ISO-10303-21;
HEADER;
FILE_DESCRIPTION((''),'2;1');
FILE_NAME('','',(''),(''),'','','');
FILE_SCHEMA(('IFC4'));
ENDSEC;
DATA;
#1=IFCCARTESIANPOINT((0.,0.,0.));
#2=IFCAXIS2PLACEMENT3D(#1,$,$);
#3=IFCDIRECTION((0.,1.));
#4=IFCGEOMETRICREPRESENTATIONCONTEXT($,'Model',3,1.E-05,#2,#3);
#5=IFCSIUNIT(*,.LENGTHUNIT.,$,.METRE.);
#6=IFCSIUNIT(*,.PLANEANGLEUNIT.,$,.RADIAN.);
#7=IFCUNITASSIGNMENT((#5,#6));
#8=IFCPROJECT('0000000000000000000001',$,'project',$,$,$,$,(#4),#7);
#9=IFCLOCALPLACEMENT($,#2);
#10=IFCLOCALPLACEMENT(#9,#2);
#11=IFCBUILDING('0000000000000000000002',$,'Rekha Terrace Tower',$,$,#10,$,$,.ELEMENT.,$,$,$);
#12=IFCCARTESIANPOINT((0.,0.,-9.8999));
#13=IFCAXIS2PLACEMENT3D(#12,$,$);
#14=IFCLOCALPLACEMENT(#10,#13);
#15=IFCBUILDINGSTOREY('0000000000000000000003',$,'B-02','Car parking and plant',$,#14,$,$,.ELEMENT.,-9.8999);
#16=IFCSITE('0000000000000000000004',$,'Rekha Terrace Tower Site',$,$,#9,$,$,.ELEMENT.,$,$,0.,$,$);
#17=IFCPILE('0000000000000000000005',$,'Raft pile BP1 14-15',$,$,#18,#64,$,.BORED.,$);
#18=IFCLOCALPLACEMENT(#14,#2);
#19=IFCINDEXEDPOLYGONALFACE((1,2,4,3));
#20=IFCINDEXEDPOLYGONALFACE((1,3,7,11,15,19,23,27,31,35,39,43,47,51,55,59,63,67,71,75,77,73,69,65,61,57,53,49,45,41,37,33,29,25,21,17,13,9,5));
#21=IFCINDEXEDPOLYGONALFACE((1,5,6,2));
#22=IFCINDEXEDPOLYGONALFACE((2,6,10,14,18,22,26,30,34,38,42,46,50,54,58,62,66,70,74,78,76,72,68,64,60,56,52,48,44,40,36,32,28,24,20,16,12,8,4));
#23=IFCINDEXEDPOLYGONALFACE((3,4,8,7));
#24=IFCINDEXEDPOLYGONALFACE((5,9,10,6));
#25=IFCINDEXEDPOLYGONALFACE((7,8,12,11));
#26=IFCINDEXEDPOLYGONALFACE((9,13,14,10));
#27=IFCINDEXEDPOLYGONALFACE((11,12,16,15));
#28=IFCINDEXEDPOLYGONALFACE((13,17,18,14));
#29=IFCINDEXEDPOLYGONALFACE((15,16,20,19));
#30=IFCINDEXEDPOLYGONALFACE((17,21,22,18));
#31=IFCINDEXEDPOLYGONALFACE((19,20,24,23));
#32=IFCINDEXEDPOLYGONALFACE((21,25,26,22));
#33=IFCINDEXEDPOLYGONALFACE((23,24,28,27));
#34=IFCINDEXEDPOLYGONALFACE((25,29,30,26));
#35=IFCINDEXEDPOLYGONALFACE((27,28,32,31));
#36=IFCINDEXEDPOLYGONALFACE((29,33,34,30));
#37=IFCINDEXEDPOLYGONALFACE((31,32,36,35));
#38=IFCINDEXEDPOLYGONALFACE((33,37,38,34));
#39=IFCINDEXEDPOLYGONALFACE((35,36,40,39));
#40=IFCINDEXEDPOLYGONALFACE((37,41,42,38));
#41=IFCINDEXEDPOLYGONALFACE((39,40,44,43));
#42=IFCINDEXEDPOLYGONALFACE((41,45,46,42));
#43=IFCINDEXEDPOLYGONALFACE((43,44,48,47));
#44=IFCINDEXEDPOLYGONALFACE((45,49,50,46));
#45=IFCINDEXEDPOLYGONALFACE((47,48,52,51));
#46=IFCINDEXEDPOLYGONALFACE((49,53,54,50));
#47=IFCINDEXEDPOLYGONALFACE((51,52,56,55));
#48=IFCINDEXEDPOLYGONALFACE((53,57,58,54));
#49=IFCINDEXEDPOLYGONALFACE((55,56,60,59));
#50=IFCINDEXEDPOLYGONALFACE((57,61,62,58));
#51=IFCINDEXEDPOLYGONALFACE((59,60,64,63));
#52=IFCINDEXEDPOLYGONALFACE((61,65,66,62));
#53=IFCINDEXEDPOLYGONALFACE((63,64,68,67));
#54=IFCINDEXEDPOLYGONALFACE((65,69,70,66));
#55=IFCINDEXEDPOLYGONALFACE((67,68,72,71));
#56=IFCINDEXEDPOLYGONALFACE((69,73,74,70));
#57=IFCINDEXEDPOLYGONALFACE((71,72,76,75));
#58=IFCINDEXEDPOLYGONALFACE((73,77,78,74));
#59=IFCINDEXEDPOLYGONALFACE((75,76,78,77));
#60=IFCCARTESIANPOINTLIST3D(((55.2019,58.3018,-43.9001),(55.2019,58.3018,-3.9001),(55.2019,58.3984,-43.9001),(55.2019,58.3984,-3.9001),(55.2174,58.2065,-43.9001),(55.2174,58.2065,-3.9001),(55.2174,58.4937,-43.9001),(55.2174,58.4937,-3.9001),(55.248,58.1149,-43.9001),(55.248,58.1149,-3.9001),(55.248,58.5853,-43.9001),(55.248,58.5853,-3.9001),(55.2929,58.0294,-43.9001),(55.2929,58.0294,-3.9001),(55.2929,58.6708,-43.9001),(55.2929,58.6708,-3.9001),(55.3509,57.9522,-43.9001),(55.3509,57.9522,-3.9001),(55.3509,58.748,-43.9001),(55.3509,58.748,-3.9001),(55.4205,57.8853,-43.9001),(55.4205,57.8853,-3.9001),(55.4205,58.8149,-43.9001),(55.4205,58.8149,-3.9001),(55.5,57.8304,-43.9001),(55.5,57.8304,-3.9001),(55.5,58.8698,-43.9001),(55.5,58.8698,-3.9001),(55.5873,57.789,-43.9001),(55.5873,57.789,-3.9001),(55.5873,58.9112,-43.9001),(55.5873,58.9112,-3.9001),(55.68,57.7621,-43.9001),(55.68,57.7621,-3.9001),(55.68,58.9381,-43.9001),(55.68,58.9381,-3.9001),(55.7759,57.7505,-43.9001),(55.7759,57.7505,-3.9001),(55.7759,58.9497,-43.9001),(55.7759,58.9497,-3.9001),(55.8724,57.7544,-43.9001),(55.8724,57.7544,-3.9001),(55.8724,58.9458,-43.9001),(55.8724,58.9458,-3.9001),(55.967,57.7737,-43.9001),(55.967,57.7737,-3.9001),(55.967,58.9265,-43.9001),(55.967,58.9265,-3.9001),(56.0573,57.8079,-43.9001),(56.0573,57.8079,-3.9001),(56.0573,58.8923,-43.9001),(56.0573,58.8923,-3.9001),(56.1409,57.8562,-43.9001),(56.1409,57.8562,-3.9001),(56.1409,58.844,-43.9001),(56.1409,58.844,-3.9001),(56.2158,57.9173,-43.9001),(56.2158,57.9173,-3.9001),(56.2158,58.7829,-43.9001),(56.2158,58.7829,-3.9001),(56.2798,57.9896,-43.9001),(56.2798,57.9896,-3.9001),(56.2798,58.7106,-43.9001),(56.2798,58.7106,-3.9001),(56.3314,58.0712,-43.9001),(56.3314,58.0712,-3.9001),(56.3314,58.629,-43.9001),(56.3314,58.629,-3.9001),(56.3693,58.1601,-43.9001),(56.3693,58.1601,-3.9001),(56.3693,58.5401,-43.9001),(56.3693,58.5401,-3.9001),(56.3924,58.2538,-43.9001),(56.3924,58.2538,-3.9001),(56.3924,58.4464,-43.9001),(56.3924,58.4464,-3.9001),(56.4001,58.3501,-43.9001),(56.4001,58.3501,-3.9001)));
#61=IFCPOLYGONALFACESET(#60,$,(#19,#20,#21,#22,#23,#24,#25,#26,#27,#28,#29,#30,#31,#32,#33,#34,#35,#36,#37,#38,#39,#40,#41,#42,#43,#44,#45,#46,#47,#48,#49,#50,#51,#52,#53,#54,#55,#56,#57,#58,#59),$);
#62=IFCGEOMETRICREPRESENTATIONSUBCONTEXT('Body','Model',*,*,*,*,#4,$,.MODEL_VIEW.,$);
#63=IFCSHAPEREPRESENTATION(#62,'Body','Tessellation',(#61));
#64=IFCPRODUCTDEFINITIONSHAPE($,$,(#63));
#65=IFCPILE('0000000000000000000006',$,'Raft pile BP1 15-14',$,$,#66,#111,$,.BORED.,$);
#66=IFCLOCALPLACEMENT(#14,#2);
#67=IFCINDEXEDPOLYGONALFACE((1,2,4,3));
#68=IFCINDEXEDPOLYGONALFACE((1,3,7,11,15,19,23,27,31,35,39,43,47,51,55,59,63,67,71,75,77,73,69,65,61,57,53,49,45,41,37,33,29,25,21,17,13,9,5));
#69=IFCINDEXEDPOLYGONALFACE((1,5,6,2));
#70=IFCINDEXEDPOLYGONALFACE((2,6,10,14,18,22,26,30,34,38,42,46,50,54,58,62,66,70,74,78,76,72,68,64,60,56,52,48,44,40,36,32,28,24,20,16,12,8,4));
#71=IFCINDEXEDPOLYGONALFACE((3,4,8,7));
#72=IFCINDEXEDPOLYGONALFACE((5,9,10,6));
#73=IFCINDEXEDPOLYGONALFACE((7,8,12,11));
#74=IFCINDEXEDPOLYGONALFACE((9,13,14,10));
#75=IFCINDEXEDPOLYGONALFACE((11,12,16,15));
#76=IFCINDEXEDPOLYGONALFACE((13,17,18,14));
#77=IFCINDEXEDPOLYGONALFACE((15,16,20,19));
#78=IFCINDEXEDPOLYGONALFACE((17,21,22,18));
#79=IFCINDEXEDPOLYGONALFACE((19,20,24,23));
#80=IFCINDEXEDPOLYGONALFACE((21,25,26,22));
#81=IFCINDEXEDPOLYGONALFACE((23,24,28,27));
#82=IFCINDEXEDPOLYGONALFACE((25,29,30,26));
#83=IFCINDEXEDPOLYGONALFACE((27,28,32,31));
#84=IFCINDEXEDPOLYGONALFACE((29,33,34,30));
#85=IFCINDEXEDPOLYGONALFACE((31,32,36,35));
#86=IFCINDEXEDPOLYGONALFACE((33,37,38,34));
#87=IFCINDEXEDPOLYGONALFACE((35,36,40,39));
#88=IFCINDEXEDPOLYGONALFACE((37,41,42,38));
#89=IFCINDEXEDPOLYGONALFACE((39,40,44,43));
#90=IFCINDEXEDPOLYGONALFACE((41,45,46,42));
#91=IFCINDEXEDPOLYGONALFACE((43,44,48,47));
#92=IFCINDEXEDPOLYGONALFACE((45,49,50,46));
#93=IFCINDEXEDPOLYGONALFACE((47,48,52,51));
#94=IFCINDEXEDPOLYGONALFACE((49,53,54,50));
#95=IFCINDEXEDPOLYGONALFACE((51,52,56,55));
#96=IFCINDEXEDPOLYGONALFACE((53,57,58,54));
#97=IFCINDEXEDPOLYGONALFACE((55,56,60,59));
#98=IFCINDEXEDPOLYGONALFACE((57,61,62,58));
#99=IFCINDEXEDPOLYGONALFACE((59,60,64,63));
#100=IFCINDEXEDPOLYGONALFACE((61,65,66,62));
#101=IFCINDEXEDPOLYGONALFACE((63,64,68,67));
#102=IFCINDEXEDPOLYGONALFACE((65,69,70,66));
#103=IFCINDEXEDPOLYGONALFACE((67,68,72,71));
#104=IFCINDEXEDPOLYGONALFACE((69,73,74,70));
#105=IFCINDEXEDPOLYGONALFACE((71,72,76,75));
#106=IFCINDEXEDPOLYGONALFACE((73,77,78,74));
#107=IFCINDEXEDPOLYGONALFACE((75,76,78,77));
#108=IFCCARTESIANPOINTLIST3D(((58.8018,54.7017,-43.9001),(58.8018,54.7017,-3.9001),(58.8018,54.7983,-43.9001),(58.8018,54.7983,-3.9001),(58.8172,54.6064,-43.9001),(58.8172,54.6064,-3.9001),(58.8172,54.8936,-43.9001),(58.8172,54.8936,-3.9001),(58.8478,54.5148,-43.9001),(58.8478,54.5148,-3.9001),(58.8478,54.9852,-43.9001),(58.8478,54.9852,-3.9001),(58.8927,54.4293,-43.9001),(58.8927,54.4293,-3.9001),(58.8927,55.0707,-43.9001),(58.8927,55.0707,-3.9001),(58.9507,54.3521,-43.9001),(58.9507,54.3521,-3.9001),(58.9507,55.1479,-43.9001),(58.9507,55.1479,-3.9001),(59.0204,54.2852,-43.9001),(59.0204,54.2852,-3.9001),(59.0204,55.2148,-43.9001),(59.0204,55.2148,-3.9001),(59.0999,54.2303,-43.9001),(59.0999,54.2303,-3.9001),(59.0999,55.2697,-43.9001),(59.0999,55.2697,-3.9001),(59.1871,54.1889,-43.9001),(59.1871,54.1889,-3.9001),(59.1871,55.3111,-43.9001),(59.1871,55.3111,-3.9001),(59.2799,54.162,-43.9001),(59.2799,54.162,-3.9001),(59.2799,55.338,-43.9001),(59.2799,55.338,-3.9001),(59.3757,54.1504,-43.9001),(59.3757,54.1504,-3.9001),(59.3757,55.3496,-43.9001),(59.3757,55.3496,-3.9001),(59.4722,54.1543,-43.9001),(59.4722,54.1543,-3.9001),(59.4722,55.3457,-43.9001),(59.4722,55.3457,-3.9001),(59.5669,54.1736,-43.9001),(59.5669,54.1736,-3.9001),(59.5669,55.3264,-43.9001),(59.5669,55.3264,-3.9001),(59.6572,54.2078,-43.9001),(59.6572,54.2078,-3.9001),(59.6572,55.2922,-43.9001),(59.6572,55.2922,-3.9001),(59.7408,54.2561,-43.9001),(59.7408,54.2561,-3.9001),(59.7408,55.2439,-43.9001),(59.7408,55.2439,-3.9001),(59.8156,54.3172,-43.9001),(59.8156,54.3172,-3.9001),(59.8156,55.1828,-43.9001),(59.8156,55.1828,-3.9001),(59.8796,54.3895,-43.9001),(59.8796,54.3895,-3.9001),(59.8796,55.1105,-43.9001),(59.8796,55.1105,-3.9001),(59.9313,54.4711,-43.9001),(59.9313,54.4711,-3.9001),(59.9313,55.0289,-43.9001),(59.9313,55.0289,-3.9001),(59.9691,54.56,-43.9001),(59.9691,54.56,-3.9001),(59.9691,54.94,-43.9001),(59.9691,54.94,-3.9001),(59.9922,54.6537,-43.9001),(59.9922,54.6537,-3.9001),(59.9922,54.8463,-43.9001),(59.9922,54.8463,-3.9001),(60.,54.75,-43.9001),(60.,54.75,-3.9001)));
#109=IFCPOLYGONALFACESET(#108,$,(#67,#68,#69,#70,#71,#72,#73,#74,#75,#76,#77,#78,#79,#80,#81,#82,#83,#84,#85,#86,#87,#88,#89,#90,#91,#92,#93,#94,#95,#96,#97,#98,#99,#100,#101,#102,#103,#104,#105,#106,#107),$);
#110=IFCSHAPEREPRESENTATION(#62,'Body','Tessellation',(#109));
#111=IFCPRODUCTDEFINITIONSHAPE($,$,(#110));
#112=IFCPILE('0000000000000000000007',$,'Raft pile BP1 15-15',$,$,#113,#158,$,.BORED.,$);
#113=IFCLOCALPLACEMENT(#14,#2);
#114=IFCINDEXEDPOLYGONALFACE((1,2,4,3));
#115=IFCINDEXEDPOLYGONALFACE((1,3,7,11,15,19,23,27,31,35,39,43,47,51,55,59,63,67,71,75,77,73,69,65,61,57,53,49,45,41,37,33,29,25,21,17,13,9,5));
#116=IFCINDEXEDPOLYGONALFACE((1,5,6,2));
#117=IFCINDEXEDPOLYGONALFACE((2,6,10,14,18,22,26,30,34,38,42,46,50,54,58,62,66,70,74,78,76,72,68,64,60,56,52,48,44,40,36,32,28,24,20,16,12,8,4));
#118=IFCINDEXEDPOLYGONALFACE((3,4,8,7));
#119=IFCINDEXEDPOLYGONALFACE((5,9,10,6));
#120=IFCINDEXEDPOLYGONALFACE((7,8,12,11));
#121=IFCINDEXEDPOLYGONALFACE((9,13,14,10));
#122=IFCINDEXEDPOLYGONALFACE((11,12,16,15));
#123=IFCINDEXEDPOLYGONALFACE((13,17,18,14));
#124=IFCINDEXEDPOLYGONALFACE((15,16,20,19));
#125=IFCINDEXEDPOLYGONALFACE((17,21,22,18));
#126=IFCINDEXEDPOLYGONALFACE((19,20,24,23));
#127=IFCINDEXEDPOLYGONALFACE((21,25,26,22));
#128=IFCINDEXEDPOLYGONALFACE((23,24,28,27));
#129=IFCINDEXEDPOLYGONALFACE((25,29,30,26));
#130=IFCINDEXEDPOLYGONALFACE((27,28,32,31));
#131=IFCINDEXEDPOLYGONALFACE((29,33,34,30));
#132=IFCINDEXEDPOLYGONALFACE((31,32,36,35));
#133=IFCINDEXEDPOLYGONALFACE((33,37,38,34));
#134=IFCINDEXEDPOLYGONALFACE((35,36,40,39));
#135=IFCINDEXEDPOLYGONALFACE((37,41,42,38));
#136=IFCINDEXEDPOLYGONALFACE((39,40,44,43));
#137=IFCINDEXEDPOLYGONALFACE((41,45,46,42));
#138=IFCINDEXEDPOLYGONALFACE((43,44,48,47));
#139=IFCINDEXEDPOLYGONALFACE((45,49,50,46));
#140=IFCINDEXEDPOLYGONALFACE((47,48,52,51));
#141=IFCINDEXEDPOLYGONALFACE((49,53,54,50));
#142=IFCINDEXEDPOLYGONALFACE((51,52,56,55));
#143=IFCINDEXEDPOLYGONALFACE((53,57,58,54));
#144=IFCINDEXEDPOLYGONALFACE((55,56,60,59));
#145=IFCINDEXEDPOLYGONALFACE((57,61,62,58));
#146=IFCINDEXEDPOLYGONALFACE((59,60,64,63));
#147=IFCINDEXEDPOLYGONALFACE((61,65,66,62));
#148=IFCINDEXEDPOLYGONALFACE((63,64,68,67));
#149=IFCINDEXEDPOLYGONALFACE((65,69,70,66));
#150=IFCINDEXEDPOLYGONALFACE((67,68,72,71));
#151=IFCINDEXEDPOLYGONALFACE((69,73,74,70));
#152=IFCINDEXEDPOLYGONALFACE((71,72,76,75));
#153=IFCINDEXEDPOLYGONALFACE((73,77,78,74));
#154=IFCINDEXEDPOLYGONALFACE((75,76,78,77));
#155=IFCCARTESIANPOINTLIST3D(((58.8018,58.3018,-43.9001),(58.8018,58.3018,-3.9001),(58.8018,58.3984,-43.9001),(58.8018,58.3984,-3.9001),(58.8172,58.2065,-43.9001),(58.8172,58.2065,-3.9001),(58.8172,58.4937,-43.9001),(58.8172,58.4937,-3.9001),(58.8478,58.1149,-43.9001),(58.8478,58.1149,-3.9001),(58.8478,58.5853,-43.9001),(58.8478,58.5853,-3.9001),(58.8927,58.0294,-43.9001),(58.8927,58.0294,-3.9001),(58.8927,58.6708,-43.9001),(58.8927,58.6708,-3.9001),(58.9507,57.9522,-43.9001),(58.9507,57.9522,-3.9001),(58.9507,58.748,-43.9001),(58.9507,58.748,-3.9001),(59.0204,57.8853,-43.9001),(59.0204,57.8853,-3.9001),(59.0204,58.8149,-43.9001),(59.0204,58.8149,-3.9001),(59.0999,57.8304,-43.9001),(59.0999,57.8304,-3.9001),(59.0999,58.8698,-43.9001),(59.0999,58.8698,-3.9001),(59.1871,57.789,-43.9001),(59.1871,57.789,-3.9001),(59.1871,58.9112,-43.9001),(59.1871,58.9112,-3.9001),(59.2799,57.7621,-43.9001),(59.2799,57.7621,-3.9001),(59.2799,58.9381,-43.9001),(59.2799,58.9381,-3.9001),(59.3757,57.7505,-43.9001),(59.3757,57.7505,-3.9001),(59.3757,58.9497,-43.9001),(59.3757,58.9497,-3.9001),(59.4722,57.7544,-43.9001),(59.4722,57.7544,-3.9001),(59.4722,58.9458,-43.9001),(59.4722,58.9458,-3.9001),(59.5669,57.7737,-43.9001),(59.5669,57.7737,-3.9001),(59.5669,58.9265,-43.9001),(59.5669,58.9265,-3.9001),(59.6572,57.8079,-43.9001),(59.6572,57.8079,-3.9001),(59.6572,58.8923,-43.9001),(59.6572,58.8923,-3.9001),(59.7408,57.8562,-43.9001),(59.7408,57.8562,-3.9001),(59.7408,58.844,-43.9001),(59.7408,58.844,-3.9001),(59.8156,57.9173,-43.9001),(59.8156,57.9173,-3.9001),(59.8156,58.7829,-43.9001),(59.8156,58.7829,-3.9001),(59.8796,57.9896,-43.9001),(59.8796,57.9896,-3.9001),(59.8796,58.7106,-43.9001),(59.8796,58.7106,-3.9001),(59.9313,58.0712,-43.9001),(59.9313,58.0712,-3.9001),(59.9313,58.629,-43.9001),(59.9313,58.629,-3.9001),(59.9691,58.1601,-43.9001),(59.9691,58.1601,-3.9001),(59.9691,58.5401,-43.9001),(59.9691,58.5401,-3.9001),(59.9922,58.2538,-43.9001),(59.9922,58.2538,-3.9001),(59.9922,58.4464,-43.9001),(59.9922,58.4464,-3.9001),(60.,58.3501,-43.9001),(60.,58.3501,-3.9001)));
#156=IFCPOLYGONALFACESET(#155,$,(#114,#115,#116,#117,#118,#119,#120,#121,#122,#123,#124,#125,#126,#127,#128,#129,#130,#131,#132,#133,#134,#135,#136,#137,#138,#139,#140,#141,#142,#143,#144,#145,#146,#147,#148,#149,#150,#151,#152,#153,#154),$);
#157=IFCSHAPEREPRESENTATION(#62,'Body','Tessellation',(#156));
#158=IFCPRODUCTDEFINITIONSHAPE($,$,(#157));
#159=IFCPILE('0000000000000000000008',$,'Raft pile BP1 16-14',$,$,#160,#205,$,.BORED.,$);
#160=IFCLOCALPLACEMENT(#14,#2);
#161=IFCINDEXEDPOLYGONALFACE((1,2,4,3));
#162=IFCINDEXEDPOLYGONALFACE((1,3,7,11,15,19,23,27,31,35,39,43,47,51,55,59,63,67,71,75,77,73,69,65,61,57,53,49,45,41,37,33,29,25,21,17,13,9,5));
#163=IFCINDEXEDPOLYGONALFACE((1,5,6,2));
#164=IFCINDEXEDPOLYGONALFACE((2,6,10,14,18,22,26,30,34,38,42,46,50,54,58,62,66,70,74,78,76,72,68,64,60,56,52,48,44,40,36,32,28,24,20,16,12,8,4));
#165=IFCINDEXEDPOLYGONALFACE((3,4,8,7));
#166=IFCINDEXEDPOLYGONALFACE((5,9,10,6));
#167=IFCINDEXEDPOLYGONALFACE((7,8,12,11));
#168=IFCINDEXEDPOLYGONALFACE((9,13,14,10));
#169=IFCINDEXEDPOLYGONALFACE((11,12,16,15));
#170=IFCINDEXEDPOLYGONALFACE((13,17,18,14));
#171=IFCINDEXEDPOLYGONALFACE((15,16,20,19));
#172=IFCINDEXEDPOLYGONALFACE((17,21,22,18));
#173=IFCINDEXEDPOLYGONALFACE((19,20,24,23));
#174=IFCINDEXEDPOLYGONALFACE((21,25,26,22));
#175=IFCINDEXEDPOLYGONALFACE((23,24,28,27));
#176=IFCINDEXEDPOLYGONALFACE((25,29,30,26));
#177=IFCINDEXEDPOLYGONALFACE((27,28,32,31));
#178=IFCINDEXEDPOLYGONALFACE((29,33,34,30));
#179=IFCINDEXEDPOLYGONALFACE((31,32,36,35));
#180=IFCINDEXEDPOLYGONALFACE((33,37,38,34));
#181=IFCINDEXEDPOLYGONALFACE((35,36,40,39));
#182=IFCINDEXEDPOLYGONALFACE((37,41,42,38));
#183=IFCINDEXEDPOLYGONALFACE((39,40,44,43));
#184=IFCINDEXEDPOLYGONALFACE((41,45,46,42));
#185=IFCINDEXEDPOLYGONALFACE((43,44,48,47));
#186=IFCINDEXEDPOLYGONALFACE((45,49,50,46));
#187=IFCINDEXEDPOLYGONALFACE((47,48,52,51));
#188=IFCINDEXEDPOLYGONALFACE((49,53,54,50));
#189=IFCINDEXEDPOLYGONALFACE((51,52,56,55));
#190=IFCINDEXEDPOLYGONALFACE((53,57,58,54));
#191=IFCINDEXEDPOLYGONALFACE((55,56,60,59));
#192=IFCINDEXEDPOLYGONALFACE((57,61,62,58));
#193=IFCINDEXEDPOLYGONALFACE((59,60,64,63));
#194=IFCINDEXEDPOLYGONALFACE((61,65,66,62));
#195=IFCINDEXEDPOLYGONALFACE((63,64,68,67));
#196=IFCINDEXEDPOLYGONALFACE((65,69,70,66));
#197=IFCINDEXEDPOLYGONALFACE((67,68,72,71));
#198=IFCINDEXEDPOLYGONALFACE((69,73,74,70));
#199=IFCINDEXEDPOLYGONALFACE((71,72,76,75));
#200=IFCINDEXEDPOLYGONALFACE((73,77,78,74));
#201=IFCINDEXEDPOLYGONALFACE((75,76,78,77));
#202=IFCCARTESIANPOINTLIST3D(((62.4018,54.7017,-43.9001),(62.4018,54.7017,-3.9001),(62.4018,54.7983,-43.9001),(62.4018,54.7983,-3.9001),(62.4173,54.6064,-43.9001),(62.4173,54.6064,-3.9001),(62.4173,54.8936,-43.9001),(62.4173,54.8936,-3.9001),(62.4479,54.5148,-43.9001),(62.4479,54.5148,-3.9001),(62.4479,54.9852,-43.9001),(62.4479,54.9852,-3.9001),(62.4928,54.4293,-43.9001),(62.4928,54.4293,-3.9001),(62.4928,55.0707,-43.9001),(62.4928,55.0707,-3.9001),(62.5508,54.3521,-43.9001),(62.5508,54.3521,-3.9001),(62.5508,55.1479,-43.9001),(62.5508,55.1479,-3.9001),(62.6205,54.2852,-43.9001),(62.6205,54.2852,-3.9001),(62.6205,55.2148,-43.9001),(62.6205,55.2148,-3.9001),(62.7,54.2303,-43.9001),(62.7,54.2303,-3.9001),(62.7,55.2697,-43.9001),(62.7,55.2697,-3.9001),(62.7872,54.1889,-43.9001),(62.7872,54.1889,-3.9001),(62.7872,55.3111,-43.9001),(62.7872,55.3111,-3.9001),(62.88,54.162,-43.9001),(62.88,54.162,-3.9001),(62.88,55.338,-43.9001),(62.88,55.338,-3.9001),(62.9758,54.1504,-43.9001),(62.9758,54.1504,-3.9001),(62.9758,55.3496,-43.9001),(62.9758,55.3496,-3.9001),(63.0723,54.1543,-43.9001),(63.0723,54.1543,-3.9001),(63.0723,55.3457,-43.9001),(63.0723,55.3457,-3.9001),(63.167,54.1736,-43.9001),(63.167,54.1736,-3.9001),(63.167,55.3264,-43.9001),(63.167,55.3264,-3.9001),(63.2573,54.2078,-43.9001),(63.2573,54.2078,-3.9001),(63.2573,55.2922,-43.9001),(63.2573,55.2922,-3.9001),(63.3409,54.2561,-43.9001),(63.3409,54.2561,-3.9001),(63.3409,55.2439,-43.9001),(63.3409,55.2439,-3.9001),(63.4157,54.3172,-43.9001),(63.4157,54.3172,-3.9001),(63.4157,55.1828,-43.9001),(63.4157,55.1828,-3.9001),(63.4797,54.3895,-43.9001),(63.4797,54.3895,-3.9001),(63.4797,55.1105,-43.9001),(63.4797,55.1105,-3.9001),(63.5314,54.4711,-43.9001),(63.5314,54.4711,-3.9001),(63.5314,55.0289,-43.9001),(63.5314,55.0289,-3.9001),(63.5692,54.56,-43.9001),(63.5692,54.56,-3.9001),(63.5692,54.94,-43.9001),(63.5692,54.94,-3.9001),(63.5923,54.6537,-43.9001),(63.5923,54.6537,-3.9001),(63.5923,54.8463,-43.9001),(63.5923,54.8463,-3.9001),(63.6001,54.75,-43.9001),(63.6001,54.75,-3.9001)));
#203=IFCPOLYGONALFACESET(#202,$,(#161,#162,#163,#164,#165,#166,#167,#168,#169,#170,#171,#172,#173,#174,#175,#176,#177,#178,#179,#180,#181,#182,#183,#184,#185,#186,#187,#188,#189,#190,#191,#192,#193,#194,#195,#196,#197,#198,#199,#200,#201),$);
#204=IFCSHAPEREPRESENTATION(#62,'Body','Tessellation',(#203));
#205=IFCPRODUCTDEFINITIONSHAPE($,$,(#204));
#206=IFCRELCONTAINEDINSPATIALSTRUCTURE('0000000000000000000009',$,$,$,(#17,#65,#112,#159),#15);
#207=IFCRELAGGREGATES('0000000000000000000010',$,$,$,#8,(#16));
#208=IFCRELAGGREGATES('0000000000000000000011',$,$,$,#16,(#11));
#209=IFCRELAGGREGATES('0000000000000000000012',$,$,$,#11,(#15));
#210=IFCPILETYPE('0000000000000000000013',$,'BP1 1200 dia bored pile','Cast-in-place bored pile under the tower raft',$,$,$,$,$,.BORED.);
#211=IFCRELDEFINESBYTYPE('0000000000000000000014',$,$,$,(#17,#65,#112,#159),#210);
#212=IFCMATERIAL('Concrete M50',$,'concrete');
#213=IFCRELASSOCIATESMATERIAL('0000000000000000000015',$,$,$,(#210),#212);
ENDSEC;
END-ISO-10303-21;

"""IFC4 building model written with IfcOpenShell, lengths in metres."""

from ifc_helpers import new_model, si_unit, direction, frame, origin, origin_2d, place, context, subcontext, project, spatial, circle, extrude, material, type_object, element, save


model = new_model("IFC4")

# Units and contexts
model_context = context("Model", 3, precision=1e-05, world=origin(), true_north=direction((0.0, 1.0)))
body_context = subcontext(model_context, "Body", "Model", "MODEL_VIEW")
ifc_project = project(units=[si_unit("LENGTHUNIT", "METRE"), si_unit("PLANEANGLEUNIT", "RADIAN")], contexts=[model_context])

# Site, building, storey
site_placement = place(None, origin())
site = spatial("IfcSite", under=ifc_project, at=site_placement, Name="Rekha Terrace Tower Site", CompositionType="ELEMENT", RefElevation=0.0)
building_placement = place(site_placement, origin())
building = spatial("IfcBuilding", under=site, at=building_placement, Name="Rekha Terrace Tower", CompositionType="ELEMENT")
storey_placement = place(building_placement, frame((0.0, 0.0, -9.8999)))
storey = spatial("IfcBuildingStorey", under=building, at=storey_placement, Name="B-02", Description="Car parking and plant", CompositionType="ELEMENT", Elevation=-9.8999)

# Piles
ifc_material_1 = material(Name="Concrete M50", Category="concrete")
pile_type_1 = type_object("IfcPileType", Name="BP1 1200 dia bored pile", Description="Cast-in-place bored pile under the tower raft", PredefinedType="BORED", material=ifc_material_1)
for number, where, z_axis, x_axis, name in (
    (1, (55.8, 58.3501, -3.9001), (0.0, 0.0, -1.0), (1.0, 0.0, 0.0), "Raft pile BP1 14-15"),
    (2, (59.3999, 54.75, -3.9001), (0.0, 0.0, -1.0), (1.0, 0.0, 0.0), "Raft pile BP1 15-14"),
    (3, (59.3999, 58.3501, -3.9001), (0.0, 0.0, -1.0), (1.0, 0.0, 0.0), "Raft pile BP1 15-15"),
    (4, (63.0, 54.75, -3.9001), (0.0, 0.0, -1.0), (1.0, 0.0, 0.0), "Raft pile BP1 16-14"),
):
    element("IfcPile", number, at=place(storey_placement, frame(where, z_axis=z_axis, x_axis=x_axis)), inside=storey, type_object=pile_type_1, Name=name, PredefinedType="BORED", context=body_context, shape_type="SweptSolid", body=[
        extrude(circle(Radius=0.6001, at=origin_2d()), origin(), (0.0, 0.0, 1.0), 40.0),
    ])

save(model, "model.ifc")
